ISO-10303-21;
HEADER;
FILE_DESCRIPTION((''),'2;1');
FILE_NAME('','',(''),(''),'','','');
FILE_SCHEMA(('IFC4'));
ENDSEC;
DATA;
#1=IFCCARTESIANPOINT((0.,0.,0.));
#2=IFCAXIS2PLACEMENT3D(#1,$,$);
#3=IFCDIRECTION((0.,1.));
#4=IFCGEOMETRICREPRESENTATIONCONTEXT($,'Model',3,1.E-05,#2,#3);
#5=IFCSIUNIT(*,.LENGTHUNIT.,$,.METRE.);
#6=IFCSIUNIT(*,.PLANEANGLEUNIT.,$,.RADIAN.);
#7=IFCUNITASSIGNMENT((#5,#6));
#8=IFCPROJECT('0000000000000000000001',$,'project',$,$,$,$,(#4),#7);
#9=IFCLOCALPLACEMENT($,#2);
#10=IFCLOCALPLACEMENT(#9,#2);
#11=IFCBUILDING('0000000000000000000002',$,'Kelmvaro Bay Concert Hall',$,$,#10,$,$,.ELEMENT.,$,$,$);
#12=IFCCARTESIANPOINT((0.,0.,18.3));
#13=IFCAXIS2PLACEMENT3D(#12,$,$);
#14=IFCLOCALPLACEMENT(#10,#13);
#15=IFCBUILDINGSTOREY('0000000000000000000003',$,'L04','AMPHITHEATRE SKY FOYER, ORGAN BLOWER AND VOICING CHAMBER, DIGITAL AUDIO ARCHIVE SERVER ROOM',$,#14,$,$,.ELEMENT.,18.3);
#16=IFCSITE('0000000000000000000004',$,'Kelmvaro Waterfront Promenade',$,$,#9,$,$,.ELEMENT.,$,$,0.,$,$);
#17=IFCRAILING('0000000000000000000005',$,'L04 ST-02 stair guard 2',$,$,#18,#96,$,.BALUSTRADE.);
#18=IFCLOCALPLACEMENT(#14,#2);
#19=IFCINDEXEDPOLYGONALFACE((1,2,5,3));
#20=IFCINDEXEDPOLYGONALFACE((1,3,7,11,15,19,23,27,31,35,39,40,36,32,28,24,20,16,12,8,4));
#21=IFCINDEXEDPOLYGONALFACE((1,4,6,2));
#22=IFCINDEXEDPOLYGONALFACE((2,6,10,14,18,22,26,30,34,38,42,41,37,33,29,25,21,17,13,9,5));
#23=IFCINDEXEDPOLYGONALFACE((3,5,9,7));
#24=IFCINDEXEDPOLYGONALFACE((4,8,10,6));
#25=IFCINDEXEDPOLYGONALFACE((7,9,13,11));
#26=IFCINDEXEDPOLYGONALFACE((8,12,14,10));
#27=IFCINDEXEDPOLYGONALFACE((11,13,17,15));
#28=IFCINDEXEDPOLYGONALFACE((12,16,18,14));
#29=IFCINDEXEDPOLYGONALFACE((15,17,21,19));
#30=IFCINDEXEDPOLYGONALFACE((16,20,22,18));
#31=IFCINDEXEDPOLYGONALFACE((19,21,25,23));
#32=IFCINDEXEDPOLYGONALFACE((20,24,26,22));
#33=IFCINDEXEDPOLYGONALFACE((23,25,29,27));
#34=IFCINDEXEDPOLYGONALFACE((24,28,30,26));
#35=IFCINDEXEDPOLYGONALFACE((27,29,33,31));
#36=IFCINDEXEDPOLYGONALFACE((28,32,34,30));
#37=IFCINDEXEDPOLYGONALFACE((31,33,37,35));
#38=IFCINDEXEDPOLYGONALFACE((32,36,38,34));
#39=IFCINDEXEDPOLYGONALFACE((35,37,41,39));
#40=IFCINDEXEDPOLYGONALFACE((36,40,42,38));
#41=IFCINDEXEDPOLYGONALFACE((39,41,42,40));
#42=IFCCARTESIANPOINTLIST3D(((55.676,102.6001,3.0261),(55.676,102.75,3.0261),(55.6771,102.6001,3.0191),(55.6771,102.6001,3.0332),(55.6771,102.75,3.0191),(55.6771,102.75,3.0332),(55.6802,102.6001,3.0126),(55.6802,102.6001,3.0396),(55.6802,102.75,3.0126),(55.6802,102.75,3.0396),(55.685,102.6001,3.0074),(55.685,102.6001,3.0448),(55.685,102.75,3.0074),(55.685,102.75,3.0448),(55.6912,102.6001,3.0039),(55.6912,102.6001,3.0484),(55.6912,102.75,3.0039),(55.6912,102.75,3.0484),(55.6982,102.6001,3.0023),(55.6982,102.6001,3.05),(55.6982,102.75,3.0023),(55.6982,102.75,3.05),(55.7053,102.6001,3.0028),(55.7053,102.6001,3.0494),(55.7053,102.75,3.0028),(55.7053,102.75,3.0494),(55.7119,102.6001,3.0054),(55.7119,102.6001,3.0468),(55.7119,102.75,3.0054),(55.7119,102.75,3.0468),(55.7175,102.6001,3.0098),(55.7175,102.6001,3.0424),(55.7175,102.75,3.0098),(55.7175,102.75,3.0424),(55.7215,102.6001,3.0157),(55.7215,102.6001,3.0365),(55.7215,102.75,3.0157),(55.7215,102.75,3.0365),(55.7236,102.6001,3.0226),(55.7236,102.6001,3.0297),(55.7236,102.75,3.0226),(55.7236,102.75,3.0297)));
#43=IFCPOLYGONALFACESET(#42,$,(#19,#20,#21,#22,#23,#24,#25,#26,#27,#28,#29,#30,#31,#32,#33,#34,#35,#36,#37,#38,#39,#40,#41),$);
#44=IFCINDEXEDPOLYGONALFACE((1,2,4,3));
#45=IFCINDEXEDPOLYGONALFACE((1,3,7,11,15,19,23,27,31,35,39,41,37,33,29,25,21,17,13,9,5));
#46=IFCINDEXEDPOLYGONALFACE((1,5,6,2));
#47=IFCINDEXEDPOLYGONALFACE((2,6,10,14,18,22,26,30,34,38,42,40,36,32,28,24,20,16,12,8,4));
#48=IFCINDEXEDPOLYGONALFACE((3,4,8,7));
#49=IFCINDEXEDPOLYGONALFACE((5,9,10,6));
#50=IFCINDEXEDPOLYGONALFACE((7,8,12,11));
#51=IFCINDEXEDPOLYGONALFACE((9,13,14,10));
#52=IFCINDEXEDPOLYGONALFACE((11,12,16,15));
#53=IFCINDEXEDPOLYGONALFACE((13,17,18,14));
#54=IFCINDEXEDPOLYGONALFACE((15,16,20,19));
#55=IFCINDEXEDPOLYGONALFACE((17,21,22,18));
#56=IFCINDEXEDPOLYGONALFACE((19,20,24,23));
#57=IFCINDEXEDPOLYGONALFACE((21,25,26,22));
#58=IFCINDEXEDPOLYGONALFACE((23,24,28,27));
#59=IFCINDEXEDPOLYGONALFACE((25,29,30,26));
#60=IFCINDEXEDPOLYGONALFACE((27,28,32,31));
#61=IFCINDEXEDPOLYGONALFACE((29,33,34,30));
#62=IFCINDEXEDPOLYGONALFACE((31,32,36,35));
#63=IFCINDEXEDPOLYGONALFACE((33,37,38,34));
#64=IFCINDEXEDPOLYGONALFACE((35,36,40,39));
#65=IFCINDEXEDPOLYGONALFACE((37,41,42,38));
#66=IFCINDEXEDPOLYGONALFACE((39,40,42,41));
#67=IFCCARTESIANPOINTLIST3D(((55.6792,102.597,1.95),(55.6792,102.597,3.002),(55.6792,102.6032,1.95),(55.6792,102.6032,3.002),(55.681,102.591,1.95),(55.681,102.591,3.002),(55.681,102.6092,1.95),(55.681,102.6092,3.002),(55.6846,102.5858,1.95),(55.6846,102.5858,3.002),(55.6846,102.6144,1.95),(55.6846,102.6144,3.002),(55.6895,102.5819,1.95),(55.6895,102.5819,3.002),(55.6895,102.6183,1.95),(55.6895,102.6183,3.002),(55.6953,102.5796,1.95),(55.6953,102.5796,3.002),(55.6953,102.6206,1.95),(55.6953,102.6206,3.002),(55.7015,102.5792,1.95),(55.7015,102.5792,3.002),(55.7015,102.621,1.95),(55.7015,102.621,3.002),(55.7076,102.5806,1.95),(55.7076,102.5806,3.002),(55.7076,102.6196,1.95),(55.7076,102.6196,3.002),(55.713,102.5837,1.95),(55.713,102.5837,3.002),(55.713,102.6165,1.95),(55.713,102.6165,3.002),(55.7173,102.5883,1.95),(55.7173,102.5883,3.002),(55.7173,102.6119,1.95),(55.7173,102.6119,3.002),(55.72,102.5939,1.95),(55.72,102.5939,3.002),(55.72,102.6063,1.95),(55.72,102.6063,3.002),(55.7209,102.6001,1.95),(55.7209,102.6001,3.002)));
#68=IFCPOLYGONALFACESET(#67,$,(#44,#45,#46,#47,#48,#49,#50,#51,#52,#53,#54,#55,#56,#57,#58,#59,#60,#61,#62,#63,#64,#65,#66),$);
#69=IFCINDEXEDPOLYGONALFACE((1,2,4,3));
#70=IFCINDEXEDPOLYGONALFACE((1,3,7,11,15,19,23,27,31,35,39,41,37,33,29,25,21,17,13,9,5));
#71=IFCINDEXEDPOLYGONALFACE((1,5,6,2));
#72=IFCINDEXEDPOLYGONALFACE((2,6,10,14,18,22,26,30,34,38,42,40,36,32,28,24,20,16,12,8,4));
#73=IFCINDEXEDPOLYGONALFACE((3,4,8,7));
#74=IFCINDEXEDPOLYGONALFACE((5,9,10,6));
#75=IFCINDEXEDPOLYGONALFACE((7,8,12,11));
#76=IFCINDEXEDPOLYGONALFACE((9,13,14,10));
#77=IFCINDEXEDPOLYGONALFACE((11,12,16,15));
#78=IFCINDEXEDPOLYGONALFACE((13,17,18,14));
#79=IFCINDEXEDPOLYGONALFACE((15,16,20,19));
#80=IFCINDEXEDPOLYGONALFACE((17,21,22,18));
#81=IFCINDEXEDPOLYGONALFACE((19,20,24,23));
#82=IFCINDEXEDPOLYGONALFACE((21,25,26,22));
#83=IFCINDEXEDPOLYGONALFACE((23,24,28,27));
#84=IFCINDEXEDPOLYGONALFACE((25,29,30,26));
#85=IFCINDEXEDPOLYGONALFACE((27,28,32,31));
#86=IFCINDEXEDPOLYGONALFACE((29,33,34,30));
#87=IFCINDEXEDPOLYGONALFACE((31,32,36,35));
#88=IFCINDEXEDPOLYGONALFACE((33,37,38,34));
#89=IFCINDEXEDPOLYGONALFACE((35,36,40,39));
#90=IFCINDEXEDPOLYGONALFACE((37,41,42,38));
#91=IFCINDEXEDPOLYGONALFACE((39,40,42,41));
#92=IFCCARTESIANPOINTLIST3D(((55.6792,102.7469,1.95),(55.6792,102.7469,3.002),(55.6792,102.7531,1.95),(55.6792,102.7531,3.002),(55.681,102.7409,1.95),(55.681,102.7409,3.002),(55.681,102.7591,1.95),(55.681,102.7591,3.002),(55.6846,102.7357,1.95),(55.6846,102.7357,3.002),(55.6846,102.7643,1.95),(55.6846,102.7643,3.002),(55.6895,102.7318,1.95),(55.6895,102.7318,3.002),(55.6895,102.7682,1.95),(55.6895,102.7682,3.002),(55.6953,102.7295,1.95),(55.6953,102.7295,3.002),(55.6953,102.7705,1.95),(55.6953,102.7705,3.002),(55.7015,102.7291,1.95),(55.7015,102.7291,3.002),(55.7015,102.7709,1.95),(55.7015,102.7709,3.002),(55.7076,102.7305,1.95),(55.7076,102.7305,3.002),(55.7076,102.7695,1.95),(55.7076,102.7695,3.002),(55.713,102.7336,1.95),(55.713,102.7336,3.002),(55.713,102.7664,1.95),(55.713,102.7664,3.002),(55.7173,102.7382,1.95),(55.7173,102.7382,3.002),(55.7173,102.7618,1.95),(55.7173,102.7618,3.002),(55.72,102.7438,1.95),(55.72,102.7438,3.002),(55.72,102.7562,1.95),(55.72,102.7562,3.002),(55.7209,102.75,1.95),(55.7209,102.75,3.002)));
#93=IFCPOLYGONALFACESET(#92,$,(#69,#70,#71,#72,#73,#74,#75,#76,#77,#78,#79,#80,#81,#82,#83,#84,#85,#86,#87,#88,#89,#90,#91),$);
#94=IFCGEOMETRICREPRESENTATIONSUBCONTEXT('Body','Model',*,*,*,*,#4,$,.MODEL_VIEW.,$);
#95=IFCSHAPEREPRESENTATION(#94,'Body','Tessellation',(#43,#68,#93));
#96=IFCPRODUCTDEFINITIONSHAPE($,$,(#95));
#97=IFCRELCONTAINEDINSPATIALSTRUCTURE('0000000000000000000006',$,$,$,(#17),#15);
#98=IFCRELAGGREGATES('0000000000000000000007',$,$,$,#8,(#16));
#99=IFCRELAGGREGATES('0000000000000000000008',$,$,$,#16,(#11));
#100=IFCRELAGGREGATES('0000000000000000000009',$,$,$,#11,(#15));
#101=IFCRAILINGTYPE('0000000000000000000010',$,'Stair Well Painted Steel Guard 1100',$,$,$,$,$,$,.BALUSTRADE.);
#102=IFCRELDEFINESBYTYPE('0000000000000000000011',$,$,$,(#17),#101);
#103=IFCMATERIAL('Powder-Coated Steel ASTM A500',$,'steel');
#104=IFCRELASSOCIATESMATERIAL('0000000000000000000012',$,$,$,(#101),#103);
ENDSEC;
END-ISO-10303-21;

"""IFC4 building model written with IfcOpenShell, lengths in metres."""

from ifc_helpers import new_model, si_unit, direction, frame, origin, origin_2d, place, context, subcontext, project, spatial, circle, extrude, material, type_object, element, save


model = new_model("IFC4")

# Units and contexts
model_context = context("Model", 3, precision=1e-05, world=origin(), true_north=direction((0.0, 1.0)))
body_context = subcontext(model_context, "Body", "Model", "MODEL_VIEW")
ifc_project = project(units=[si_unit("LENGTHUNIT", "METRE"), si_unit("PLANEANGLEUNIT", "RADIAN")], contexts=[model_context])

# Site, building, storey
site_placement = place(None, origin())
site = spatial("IfcSite", under=ifc_project, at=site_placement, Name="Kelmvaro Waterfront Promenade", CompositionType="ELEMENT", RefElevation=0.0)
building_placement = place(site_placement, origin())
building = spatial("IfcBuilding", under=site, at=building_placement, Name="Kelmvaro Bay Concert Hall", CompositionType="ELEMENT")
storey_placement = place(building_placement, frame((0.0, 0.0, 18.3)))
storey = spatial("IfcBuildingStorey", under=building, at=storey_placement, Name="L04", Description="AMPHITHEATRE SKY FOYER, ORGAN BLOWER AND VOICING CHAMBER, DIGITAL AUDIO ARCHIVE SERVER ROOM", CompositionType="ELEMENT", Elevation=18.3)

# Railing
ifc_material_1 = material(Name="Powder-Coated Steel ASTM A500", Category="steel")
railing_type_1 = type_object("IfcRailingType", Name="Stair Well Painted Steel Guard 1100", PredefinedType="BALUSTRADE", material=ifc_material_1)
railing_1_placement = place(storey_placement, frame((55.7, 102.6001, 1.95)))
element("IfcRailing", 1, at=railing_1_placement, inside=storey, type_object=railing_type_1, Name="L04 ST-02 stair guard 2", PredefinedType="BALUSTRADE", context=body_context, shape_type="SweptSolid", body=[
    extrude(circle(Radius=0.0239, at=origin_2d()), frame((0.0, 0.0, 1.0762), z_axis=(0.0, 1.0, 0.0), x_axis=(-1.0, 0.0, 0.0)), (0.0, 0.0, 1.0), 0.1499),
    extrude(circle(Radius=0.021, at=origin_2d()), origin(), (0.0, 0.0, 1.0), 1.052),
    extrude(circle(Radius=0.021, at=origin_2d()), frame((0.0, 0.1499, 0.0)), (0.0, 0.0, 1.0), 1.052),
])

save(model, "model.ifc")
